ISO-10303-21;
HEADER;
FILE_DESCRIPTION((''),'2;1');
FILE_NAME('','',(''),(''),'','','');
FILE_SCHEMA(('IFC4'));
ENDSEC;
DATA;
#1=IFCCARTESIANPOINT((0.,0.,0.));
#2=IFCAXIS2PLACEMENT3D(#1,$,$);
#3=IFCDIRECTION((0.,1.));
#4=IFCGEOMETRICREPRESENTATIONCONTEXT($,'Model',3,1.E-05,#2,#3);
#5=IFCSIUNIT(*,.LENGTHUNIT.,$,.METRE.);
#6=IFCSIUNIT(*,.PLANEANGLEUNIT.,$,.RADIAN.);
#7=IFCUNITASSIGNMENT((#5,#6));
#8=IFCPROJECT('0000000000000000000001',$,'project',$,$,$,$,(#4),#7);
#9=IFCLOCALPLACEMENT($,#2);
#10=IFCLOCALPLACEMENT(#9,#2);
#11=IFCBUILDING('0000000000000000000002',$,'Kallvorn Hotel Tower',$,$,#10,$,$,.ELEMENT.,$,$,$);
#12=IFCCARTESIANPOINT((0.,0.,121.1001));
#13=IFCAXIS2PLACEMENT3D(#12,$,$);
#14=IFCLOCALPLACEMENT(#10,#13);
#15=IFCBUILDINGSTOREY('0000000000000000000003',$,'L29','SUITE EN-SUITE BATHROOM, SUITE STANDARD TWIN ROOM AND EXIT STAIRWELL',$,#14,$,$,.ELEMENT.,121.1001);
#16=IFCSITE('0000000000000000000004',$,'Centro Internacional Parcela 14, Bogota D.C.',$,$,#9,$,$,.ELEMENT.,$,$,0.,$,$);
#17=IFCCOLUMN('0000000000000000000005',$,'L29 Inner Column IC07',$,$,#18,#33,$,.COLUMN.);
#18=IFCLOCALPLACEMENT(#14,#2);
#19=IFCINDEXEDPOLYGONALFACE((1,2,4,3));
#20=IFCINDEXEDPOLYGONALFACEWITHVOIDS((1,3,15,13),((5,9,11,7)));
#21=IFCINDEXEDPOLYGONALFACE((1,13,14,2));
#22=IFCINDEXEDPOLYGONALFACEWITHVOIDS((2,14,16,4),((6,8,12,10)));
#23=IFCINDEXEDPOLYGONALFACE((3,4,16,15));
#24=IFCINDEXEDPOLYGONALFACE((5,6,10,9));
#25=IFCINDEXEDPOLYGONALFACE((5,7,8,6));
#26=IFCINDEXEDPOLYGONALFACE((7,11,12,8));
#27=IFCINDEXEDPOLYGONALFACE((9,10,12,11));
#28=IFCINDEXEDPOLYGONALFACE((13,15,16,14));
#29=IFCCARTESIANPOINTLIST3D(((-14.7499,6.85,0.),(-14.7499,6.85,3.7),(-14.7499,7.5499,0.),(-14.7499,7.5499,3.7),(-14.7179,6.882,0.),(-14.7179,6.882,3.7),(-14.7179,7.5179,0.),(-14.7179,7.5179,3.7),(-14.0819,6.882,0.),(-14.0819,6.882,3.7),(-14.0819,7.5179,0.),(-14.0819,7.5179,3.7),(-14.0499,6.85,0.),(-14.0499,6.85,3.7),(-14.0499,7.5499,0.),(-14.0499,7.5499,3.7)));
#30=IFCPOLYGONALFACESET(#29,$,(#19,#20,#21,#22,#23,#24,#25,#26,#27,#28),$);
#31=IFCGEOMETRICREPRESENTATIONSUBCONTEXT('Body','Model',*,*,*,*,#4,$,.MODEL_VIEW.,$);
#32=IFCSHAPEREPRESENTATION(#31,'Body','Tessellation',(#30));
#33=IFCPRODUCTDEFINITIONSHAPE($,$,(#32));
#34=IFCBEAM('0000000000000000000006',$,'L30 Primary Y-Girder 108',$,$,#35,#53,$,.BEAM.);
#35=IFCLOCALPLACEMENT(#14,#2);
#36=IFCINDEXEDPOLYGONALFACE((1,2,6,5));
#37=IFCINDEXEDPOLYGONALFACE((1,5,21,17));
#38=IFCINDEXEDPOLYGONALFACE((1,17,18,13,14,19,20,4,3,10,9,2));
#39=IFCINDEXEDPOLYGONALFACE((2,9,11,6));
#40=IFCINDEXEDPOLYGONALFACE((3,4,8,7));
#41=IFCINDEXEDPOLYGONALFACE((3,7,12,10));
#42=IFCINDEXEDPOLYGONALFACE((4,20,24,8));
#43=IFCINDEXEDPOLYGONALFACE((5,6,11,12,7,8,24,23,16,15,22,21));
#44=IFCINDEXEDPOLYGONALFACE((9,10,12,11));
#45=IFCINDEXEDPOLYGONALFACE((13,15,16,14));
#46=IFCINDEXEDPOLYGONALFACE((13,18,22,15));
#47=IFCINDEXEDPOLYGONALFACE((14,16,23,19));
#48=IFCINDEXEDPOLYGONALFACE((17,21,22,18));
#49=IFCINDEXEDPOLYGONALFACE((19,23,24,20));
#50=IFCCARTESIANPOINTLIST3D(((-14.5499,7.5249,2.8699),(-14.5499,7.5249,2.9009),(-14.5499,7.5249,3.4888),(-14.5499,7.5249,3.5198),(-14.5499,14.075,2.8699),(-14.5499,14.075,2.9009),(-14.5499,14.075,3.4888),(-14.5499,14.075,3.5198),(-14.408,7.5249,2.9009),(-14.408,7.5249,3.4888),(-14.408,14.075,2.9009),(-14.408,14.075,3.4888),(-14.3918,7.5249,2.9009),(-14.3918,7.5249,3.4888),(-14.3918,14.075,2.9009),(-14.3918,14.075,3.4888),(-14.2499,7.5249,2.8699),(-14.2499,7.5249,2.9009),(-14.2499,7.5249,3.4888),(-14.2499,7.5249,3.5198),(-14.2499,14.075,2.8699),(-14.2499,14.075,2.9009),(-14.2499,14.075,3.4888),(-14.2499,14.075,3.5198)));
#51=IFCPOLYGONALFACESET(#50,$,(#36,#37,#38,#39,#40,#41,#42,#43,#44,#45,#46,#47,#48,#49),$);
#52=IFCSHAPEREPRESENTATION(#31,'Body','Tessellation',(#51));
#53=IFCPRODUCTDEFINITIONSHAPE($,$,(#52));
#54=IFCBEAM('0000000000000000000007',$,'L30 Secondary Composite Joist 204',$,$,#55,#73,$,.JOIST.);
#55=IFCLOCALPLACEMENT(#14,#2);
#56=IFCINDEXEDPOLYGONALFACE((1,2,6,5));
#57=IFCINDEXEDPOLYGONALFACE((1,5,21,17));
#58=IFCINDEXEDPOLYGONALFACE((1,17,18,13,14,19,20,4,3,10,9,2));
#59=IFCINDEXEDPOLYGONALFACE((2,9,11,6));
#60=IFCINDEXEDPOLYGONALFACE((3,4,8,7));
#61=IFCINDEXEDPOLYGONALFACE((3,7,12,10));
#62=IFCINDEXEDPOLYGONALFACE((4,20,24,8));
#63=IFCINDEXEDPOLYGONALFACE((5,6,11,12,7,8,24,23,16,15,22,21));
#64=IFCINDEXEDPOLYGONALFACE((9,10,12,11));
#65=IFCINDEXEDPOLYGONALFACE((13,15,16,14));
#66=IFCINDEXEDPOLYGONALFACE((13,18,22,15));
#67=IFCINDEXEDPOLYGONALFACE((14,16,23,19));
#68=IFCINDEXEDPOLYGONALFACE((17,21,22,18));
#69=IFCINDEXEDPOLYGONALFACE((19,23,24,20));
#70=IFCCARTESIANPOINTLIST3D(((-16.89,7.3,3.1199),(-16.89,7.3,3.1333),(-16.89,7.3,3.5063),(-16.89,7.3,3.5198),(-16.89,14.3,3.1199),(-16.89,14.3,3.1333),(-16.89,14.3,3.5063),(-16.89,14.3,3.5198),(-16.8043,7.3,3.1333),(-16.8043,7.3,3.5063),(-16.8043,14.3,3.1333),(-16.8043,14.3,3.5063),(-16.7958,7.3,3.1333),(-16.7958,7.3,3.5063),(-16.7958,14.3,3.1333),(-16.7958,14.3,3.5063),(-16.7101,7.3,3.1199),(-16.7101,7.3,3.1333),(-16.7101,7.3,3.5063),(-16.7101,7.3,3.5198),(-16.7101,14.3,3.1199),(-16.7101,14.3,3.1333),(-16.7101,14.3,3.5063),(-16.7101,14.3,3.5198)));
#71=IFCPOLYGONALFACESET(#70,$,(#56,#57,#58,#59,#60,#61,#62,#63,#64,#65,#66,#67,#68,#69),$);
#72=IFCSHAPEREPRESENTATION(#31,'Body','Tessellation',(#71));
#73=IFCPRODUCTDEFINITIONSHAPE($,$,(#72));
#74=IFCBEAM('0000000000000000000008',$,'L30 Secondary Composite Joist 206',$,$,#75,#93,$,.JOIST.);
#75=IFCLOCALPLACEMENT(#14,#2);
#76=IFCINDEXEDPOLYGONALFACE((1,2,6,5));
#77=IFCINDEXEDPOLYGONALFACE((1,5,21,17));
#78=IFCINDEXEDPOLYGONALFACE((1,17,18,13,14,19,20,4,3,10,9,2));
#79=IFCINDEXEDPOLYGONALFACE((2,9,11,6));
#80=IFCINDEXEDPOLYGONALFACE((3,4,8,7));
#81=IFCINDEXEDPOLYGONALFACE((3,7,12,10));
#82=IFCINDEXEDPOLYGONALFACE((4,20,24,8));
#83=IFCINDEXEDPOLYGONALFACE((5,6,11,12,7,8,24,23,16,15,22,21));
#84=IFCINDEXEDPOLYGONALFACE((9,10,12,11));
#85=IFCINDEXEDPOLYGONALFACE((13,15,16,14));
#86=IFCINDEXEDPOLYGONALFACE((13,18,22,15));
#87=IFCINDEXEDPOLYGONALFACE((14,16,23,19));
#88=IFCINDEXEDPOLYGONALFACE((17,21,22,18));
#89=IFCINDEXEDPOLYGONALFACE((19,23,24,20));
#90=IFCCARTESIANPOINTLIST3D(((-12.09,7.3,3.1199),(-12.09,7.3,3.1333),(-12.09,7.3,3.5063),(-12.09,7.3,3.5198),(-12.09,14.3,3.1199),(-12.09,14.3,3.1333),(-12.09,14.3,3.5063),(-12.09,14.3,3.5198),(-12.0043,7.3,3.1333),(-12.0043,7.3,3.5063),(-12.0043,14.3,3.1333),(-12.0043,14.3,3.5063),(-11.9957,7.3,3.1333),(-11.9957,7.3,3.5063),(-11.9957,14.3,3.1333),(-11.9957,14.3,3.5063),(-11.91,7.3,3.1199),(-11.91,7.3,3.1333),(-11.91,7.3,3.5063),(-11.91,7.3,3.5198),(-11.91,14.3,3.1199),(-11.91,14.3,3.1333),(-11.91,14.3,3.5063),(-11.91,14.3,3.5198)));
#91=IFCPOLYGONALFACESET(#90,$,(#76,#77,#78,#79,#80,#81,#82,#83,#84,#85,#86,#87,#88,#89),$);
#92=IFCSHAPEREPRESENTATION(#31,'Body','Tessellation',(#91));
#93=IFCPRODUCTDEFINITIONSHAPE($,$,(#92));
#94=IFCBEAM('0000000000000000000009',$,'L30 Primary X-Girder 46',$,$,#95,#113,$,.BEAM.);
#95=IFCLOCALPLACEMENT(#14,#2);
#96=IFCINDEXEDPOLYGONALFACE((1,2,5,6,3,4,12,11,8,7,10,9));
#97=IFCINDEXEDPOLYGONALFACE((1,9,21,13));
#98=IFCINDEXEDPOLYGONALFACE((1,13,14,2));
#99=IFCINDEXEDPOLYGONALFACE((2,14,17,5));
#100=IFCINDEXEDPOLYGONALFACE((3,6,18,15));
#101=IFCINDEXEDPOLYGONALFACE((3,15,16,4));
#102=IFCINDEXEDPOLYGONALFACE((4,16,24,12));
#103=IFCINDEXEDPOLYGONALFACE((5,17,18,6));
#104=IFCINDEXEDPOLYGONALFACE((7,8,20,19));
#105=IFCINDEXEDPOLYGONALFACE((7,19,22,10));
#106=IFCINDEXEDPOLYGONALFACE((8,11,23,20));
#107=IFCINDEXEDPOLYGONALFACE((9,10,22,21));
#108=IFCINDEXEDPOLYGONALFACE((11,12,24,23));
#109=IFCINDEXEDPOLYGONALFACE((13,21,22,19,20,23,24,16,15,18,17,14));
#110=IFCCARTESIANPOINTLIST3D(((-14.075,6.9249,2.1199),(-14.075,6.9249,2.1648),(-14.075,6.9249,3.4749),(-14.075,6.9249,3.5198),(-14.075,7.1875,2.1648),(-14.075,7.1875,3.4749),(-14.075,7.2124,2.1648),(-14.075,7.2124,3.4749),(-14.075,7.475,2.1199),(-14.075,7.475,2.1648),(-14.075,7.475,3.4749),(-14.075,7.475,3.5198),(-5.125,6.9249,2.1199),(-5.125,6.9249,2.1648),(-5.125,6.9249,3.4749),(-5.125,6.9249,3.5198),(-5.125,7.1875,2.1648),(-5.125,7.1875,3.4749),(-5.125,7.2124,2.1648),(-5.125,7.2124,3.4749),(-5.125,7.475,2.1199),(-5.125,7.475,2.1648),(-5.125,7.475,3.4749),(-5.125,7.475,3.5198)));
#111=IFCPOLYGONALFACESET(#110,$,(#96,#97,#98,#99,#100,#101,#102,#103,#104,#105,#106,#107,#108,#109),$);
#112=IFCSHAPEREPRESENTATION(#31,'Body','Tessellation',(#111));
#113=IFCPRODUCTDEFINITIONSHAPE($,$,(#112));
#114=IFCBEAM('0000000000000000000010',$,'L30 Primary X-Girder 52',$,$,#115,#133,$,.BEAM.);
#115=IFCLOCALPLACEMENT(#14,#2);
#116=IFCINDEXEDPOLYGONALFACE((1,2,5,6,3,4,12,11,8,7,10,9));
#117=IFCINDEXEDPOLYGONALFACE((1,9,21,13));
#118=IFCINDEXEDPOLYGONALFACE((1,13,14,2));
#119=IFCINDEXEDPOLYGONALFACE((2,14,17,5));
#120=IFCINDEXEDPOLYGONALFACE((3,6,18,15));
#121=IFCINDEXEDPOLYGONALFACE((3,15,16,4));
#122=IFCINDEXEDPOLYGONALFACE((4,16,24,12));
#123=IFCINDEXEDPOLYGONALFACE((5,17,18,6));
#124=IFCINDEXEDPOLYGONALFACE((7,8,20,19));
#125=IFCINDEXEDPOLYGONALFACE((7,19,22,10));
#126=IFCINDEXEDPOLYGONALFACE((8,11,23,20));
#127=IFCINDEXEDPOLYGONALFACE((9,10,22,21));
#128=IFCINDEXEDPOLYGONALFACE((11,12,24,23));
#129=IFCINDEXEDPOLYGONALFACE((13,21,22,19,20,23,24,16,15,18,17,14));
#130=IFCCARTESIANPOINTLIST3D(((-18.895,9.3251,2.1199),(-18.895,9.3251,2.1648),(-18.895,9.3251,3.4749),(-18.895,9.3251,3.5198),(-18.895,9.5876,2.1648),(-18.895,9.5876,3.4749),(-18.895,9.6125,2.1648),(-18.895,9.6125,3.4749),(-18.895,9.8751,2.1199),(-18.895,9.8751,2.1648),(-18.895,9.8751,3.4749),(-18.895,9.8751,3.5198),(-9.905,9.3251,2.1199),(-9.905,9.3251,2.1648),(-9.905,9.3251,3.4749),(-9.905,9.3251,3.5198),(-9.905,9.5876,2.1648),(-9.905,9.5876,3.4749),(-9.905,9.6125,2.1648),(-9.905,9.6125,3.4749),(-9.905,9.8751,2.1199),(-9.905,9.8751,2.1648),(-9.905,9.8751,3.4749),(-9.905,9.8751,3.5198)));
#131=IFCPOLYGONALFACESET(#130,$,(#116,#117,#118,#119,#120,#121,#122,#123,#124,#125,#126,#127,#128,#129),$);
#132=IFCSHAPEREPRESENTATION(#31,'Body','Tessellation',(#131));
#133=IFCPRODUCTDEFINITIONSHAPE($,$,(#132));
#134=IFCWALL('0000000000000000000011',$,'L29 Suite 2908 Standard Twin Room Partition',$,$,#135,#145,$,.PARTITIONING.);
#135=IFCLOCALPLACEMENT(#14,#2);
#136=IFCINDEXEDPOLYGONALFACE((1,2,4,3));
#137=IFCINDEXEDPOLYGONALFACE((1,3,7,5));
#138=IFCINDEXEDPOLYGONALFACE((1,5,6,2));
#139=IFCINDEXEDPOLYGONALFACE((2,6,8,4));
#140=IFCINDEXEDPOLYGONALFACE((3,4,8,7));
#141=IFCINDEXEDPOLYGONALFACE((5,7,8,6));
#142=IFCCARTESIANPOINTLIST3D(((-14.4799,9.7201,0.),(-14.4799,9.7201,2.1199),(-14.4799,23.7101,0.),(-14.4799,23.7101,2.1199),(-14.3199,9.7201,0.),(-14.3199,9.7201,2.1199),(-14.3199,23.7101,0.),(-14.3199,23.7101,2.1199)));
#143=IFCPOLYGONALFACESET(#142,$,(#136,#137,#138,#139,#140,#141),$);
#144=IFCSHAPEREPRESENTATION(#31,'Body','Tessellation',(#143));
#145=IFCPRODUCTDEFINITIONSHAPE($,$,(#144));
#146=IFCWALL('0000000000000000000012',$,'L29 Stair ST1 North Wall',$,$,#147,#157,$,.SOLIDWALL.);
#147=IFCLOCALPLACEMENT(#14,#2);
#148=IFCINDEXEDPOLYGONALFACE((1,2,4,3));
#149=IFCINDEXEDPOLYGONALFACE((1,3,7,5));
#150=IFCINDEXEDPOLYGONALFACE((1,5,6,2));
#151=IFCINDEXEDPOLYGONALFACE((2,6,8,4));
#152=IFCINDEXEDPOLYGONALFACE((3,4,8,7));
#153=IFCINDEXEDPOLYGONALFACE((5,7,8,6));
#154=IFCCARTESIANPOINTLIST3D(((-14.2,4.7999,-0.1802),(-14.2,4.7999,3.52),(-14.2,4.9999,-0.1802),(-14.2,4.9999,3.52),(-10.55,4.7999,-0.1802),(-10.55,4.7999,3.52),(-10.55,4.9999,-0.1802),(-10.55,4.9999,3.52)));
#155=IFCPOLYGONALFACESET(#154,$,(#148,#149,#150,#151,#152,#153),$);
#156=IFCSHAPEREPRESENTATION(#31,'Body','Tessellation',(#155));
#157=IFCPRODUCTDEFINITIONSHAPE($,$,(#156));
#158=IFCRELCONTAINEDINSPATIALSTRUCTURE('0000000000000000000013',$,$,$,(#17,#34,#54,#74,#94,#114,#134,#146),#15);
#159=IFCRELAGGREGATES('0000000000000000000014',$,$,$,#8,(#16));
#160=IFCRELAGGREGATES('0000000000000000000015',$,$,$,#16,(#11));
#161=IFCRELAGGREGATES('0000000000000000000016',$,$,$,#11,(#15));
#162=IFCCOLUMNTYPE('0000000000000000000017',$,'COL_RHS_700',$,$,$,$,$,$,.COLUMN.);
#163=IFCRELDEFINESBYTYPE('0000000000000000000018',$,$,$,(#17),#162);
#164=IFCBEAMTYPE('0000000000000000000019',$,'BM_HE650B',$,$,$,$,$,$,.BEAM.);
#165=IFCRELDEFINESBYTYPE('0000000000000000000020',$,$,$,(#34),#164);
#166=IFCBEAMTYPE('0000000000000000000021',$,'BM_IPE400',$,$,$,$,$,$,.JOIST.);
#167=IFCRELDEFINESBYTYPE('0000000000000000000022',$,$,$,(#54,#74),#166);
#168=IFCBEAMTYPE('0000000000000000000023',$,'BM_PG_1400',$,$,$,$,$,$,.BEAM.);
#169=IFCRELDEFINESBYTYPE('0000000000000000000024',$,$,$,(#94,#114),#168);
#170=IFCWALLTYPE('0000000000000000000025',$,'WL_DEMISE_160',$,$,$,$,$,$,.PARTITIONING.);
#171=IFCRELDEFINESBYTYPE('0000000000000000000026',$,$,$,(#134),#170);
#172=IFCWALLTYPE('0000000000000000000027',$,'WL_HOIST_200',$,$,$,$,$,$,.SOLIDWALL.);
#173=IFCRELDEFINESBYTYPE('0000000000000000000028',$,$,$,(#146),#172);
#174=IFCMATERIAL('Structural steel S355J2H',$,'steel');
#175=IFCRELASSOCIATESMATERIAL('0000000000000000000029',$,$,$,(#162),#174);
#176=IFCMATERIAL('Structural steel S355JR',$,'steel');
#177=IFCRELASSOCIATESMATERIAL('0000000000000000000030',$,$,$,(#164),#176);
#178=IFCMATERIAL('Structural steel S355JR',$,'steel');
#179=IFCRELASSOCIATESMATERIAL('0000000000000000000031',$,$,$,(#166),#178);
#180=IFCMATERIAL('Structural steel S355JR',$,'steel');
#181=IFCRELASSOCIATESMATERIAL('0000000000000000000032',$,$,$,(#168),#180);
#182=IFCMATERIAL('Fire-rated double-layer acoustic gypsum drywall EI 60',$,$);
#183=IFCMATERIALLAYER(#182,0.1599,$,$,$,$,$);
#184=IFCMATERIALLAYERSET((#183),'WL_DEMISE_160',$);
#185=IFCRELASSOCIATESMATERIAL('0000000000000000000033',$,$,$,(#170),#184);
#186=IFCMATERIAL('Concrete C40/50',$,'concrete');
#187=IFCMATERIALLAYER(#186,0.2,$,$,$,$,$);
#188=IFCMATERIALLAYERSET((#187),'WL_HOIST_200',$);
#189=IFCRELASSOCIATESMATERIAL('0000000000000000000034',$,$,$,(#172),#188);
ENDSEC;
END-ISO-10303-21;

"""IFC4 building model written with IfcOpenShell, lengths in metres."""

from ifc_helpers import new_model, si_unit, direction, frame, frame_2d, origin, origin_2d, place, context, subcontext, project, spatial, rectangle, hollow_rectangle, i_section, extrude, material, layer, layer_set, material_profile, profile_set, type_object, element, save


model = new_model("IFC4")

# Units and contexts
model_context = context("Model", 3, precision=1e-05, world=origin(), true_north=direction((0.0, 1.0)))
body_context = subcontext(model_context, "Body", "Model", "MODEL_VIEW")
ifc_project = project(units=[si_unit("LENGTHUNIT", "METRE"), si_unit("PLANEANGLEUNIT", "RADIAN")], contexts=[model_context])

# Site, building, storey
site_placement = place(None, origin())
site = spatial("IfcSite", under=ifc_project, at=site_placement, Name="Centro Internacional Parcela 14, Bogota D.C.", CompositionType="ELEMENT", RefElevation=0.0)
building_placement = place(site_placement, origin())
building = spatial("IfcBuilding", under=site, at=building_placement, Name="Kallvorn Hotel Tower", CompositionType="ELEMENT")
storey_placement = place(building_placement, frame((0.0, 0.0, 121.1001)))
storey = spatial("IfcBuildingStorey", under=building, at=storey_placement, Name="L29", Description="SUITE EN-SUITE BATHROOM, SUITE STANDARD TWIN ROOM AND EXIT STAIRWELL", CompositionType="ELEMENT", Elevation=121.1001)

# Column
ifc_material_1 = material(Name="Structural steel S355J2H", Category="steel")
ifc_material_profile_1 = material_profile(ifc_material_1, hollow_rectangle(XDim=0.7, YDim=0.7, WallThickness=0.032, at=origin_2d()), Name="RHS 700x700x32")
ifc_profile_set_1 = profile_set([ifc_material_profile_1], Name="Structural steel S355J2H")
column_type_1 = type_object("IfcColumnType", Name="COL_RHS_700", PredefinedType="COLUMN", material=ifc_profile_set_1)
column_placement = place(storey_placement, frame((-14.3999, 7.2, 0.0), z_axis=(0.0, 0.0, 1.0), x_axis=(1.0, 0.0, 0.0)))
element("IfcColumn", 1, at=column_placement, inside=storey, type_object=column_type_1, Name="L29 Inner Column IC07", PredefinedType="COLUMN", context=body_context, shape_type="SweptSolid", body=[
    extrude(hollow_rectangle(XDim=0.7, YDim=0.7, WallThickness=0.032, at=origin_2d()), origin(), (0.0, 0.0, 1.0), 3.7),
])

# Beams
ifc_material_2 = material(Name="Structural steel S355JR", Category="steel")
ifc_material_profile_2 = material_profile(ifc_material_2, i_section(OverallWidth=0.3, OverallDepth=0.6499, WebThickness=0.0161, FlangeThickness=0.031, at=origin_2d()), Name="HE 650 B")
ifc_profile_set_2 = profile_set([ifc_material_profile_2], Name="Structural steel S355JR")
beam_type_1 = type_object("IfcBeamType", Name="BM_HE650B", PredefinedType="BEAM", material=ifc_profile_set_2)
beam_1_placement = place(storey_placement, frame((-14.3999, 7.5249, 3.1948), z_axis=(0.0, 1.0, 0.0), x_axis=(-1.0, 0.0, 0.0)))
element("IfcBeam", 2, at=beam_1_placement, inside=storey, type_object=beam_type_1, Name="L30 Primary Y-Girder 108", PredefinedType="BEAM", context=body_context, shape_type="SweptSolid", body=[
    extrude(i_section(OverallWidth=0.3, OverallDepth=0.6499, WebThickness=0.0161, FlangeThickness=0.031, at=origin_2d()), origin(), (0.0, 0.0, 1.0), 6.55),
])
ifc_material_3 = material(Name="Structural steel S355JR", Category="steel")
ifc_material_profile_3 = material_profile(ifc_material_3, i_section(OverallWidth=0.1799, OverallDepth=0.3999, WebThickness=0.0085, FlangeThickness=0.0134, at=origin_2d()), Name="IPE 400")
ifc_profile_set_3 = profile_set([ifc_material_profile_3], Name="Structural steel S355JR")
beam_type_2 = type_object("IfcBeamType", Name="BM_IPE400", PredefinedType="JOIST", material=ifc_profile_set_3)
for number, where, z_axis, x_axis, name in (
    (3, (-16.8, 7.3, 3.3198), (0.0, 1.0, 0.0), (-1.0, 0.0, 0.0), "L30 Secondary Composite Joist 204"),
    (4, (-12.0, 7.3, 3.3198), (0.0, 1.0, 0.0), (-1.0, 0.0, 0.0), "L30 Secondary Composite Joist 206"),
):
    element("IfcBeam", number, at=place(storey_placement, frame(where, z_axis=z_axis, x_axis=x_axis)), inside=storey, type_object=beam_type_2, Name=name, PredefinedType="JOIST", context=body_context, shape_type="SweptSolid", body=[
        extrude(i_section(OverallWidth=0.1799, OverallDepth=0.3999, WebThickness=0.0085, FlangeThickness=0.0134, at=origin_2d()), origin(), (0.0, 0.0, 1.0), 7.0),
    ])
ifc_material_4 = material(Name="Structural steel S355JR", Category="steel")
ifc_material_profile_4 = material_profile(ifc_material_4, i_section(OverallWidth=0.55, OverallDepth=1.3999, WebThickness=0.0249, FlangeThickness=0.0449, at=origin_2d()), Name="PG 1400x550x25x45")
ifc_profile_set_4 = profile_set([ifc_material_profile_4], Name="Structural steel S355JR")
beam_type_3 = type_object("IfcBeamType", Name="BM_PG_1400", PredefinedType="BEAM", material=ifc_profile_set_4)
beam_2_placement = place(storey_placement, frame((-14.075, 7.2, 2.8198), z_axis=(1.0, 0.0, 0.0), x_axis=(0.0, 1.0, 0.0)))
element("IfcBeam", 5, at=beam_2_placement, inside=storey, type_object=beam_type_3, Name="L30 Primary X-Girder 46", PredefinedType="BEAM", context=body_context, shape_type="SweptSolid", body=[
    extrude(i_section(OverallWidth=0.55, OverallDepth=1.3999, WebThickness=0.0249, FlangeThickness=0.0449, at=origin_2d()), origin(), (0.0, 0.0, 1.0), 8.95),
])
beam_3_placement = place(storey_placement, frame((-18.895, 9.6001, 2.8198), z_axis=(1.0, 0.0, 0.0), x_axis=(0.0, 1.0, 0.0)))
element("IfcBeam", 6, at=beam_3_placement, inside=storey, type_object=beam_type_3, Name="L30 Primary X-Girder 52", PredefinedType="BEAM", context=body_context, shape_type="SweptSolid", body=[
    extrude(i_section(OverallWidth=0.55, OverallDepth=1.3999, WebThickness=0.0249, FlangeThickness=0.0449, at=origin_2d()), origin(), (0.0, 0.0, 1.0), 8.99),
])

# Walls
ifc_material_5 = material(Name="Fire-rated double-layer acoustic gypsum drywall EI 60")
ifc_layer_1 = layer(ifc_material_5, 0.1599)
ifc_layer_set_1 = layer_set([ifc_layer_1], Name="WL_DEMISE_160")
wall_type_1 = type_object("IfcWallType", Name="WL_DEMISE_160", PredefinedType="PARTITIONING", material=ifc_layer_set_1)
wall_1_placement = place(storey_placement, frame((-14.3999, 9.72, 0.0), z_axis=(0.0, 0.0, 1.0), x_axis=(0.0, 1.0, 0.0)))
element("IfcWall", 7, at=wall_1_placement, inside=storey, type_object=wall_type_1, Name="L29 Suite 2908 Standard Twin Room Partition", PredefinedType="PARTITIONING", context=body_context, shape_type="SweptSolid", body=[
    extrude(rectangle(XDim=13.99, YDim=0.1599, at=frame_2d((6.9951, 0.0))), origin(), (0.0, 0.0, 1.0), 2.1199),
])
ifc_material_6 = material(Name="Concrete C40/50", Category="concrete")
ifc_layer_2 = layer(ifc_material_6, 0.2)
ifc_layer_set_2 = layer_set([ifc_layer_2], Name="WL_HOIST_200")
wall_type_2 = type_object("IfcWallType", Name="WL_HOIST_200", PredefinedType="SOLIDWALL", material=ifc_layer_set_2)
wall_2_placement = place(storey_placement, frame((-14.2, 4.8999, -0.1802), z_axis=(0.0, 0.0, 1.0), x_axis=(1.0, 0.0, 0.0)))
element("IfcWall", 8, at=wall_2_placement, inside=storey, type_object=wall_type_2, Name="L29 Stair ST1 North Wall", PredefinedType="SOLIDWALL", context=body_context, shape_type="SweptSolid", body=[
    extrude(rectangle(XDim=3.6499, YDim=0.2, at=frame_2d((1.825, 0.0))), origin(), (0.0, 0.0, 1.0), 3.7002),
])

save(model, "model.ifc")
